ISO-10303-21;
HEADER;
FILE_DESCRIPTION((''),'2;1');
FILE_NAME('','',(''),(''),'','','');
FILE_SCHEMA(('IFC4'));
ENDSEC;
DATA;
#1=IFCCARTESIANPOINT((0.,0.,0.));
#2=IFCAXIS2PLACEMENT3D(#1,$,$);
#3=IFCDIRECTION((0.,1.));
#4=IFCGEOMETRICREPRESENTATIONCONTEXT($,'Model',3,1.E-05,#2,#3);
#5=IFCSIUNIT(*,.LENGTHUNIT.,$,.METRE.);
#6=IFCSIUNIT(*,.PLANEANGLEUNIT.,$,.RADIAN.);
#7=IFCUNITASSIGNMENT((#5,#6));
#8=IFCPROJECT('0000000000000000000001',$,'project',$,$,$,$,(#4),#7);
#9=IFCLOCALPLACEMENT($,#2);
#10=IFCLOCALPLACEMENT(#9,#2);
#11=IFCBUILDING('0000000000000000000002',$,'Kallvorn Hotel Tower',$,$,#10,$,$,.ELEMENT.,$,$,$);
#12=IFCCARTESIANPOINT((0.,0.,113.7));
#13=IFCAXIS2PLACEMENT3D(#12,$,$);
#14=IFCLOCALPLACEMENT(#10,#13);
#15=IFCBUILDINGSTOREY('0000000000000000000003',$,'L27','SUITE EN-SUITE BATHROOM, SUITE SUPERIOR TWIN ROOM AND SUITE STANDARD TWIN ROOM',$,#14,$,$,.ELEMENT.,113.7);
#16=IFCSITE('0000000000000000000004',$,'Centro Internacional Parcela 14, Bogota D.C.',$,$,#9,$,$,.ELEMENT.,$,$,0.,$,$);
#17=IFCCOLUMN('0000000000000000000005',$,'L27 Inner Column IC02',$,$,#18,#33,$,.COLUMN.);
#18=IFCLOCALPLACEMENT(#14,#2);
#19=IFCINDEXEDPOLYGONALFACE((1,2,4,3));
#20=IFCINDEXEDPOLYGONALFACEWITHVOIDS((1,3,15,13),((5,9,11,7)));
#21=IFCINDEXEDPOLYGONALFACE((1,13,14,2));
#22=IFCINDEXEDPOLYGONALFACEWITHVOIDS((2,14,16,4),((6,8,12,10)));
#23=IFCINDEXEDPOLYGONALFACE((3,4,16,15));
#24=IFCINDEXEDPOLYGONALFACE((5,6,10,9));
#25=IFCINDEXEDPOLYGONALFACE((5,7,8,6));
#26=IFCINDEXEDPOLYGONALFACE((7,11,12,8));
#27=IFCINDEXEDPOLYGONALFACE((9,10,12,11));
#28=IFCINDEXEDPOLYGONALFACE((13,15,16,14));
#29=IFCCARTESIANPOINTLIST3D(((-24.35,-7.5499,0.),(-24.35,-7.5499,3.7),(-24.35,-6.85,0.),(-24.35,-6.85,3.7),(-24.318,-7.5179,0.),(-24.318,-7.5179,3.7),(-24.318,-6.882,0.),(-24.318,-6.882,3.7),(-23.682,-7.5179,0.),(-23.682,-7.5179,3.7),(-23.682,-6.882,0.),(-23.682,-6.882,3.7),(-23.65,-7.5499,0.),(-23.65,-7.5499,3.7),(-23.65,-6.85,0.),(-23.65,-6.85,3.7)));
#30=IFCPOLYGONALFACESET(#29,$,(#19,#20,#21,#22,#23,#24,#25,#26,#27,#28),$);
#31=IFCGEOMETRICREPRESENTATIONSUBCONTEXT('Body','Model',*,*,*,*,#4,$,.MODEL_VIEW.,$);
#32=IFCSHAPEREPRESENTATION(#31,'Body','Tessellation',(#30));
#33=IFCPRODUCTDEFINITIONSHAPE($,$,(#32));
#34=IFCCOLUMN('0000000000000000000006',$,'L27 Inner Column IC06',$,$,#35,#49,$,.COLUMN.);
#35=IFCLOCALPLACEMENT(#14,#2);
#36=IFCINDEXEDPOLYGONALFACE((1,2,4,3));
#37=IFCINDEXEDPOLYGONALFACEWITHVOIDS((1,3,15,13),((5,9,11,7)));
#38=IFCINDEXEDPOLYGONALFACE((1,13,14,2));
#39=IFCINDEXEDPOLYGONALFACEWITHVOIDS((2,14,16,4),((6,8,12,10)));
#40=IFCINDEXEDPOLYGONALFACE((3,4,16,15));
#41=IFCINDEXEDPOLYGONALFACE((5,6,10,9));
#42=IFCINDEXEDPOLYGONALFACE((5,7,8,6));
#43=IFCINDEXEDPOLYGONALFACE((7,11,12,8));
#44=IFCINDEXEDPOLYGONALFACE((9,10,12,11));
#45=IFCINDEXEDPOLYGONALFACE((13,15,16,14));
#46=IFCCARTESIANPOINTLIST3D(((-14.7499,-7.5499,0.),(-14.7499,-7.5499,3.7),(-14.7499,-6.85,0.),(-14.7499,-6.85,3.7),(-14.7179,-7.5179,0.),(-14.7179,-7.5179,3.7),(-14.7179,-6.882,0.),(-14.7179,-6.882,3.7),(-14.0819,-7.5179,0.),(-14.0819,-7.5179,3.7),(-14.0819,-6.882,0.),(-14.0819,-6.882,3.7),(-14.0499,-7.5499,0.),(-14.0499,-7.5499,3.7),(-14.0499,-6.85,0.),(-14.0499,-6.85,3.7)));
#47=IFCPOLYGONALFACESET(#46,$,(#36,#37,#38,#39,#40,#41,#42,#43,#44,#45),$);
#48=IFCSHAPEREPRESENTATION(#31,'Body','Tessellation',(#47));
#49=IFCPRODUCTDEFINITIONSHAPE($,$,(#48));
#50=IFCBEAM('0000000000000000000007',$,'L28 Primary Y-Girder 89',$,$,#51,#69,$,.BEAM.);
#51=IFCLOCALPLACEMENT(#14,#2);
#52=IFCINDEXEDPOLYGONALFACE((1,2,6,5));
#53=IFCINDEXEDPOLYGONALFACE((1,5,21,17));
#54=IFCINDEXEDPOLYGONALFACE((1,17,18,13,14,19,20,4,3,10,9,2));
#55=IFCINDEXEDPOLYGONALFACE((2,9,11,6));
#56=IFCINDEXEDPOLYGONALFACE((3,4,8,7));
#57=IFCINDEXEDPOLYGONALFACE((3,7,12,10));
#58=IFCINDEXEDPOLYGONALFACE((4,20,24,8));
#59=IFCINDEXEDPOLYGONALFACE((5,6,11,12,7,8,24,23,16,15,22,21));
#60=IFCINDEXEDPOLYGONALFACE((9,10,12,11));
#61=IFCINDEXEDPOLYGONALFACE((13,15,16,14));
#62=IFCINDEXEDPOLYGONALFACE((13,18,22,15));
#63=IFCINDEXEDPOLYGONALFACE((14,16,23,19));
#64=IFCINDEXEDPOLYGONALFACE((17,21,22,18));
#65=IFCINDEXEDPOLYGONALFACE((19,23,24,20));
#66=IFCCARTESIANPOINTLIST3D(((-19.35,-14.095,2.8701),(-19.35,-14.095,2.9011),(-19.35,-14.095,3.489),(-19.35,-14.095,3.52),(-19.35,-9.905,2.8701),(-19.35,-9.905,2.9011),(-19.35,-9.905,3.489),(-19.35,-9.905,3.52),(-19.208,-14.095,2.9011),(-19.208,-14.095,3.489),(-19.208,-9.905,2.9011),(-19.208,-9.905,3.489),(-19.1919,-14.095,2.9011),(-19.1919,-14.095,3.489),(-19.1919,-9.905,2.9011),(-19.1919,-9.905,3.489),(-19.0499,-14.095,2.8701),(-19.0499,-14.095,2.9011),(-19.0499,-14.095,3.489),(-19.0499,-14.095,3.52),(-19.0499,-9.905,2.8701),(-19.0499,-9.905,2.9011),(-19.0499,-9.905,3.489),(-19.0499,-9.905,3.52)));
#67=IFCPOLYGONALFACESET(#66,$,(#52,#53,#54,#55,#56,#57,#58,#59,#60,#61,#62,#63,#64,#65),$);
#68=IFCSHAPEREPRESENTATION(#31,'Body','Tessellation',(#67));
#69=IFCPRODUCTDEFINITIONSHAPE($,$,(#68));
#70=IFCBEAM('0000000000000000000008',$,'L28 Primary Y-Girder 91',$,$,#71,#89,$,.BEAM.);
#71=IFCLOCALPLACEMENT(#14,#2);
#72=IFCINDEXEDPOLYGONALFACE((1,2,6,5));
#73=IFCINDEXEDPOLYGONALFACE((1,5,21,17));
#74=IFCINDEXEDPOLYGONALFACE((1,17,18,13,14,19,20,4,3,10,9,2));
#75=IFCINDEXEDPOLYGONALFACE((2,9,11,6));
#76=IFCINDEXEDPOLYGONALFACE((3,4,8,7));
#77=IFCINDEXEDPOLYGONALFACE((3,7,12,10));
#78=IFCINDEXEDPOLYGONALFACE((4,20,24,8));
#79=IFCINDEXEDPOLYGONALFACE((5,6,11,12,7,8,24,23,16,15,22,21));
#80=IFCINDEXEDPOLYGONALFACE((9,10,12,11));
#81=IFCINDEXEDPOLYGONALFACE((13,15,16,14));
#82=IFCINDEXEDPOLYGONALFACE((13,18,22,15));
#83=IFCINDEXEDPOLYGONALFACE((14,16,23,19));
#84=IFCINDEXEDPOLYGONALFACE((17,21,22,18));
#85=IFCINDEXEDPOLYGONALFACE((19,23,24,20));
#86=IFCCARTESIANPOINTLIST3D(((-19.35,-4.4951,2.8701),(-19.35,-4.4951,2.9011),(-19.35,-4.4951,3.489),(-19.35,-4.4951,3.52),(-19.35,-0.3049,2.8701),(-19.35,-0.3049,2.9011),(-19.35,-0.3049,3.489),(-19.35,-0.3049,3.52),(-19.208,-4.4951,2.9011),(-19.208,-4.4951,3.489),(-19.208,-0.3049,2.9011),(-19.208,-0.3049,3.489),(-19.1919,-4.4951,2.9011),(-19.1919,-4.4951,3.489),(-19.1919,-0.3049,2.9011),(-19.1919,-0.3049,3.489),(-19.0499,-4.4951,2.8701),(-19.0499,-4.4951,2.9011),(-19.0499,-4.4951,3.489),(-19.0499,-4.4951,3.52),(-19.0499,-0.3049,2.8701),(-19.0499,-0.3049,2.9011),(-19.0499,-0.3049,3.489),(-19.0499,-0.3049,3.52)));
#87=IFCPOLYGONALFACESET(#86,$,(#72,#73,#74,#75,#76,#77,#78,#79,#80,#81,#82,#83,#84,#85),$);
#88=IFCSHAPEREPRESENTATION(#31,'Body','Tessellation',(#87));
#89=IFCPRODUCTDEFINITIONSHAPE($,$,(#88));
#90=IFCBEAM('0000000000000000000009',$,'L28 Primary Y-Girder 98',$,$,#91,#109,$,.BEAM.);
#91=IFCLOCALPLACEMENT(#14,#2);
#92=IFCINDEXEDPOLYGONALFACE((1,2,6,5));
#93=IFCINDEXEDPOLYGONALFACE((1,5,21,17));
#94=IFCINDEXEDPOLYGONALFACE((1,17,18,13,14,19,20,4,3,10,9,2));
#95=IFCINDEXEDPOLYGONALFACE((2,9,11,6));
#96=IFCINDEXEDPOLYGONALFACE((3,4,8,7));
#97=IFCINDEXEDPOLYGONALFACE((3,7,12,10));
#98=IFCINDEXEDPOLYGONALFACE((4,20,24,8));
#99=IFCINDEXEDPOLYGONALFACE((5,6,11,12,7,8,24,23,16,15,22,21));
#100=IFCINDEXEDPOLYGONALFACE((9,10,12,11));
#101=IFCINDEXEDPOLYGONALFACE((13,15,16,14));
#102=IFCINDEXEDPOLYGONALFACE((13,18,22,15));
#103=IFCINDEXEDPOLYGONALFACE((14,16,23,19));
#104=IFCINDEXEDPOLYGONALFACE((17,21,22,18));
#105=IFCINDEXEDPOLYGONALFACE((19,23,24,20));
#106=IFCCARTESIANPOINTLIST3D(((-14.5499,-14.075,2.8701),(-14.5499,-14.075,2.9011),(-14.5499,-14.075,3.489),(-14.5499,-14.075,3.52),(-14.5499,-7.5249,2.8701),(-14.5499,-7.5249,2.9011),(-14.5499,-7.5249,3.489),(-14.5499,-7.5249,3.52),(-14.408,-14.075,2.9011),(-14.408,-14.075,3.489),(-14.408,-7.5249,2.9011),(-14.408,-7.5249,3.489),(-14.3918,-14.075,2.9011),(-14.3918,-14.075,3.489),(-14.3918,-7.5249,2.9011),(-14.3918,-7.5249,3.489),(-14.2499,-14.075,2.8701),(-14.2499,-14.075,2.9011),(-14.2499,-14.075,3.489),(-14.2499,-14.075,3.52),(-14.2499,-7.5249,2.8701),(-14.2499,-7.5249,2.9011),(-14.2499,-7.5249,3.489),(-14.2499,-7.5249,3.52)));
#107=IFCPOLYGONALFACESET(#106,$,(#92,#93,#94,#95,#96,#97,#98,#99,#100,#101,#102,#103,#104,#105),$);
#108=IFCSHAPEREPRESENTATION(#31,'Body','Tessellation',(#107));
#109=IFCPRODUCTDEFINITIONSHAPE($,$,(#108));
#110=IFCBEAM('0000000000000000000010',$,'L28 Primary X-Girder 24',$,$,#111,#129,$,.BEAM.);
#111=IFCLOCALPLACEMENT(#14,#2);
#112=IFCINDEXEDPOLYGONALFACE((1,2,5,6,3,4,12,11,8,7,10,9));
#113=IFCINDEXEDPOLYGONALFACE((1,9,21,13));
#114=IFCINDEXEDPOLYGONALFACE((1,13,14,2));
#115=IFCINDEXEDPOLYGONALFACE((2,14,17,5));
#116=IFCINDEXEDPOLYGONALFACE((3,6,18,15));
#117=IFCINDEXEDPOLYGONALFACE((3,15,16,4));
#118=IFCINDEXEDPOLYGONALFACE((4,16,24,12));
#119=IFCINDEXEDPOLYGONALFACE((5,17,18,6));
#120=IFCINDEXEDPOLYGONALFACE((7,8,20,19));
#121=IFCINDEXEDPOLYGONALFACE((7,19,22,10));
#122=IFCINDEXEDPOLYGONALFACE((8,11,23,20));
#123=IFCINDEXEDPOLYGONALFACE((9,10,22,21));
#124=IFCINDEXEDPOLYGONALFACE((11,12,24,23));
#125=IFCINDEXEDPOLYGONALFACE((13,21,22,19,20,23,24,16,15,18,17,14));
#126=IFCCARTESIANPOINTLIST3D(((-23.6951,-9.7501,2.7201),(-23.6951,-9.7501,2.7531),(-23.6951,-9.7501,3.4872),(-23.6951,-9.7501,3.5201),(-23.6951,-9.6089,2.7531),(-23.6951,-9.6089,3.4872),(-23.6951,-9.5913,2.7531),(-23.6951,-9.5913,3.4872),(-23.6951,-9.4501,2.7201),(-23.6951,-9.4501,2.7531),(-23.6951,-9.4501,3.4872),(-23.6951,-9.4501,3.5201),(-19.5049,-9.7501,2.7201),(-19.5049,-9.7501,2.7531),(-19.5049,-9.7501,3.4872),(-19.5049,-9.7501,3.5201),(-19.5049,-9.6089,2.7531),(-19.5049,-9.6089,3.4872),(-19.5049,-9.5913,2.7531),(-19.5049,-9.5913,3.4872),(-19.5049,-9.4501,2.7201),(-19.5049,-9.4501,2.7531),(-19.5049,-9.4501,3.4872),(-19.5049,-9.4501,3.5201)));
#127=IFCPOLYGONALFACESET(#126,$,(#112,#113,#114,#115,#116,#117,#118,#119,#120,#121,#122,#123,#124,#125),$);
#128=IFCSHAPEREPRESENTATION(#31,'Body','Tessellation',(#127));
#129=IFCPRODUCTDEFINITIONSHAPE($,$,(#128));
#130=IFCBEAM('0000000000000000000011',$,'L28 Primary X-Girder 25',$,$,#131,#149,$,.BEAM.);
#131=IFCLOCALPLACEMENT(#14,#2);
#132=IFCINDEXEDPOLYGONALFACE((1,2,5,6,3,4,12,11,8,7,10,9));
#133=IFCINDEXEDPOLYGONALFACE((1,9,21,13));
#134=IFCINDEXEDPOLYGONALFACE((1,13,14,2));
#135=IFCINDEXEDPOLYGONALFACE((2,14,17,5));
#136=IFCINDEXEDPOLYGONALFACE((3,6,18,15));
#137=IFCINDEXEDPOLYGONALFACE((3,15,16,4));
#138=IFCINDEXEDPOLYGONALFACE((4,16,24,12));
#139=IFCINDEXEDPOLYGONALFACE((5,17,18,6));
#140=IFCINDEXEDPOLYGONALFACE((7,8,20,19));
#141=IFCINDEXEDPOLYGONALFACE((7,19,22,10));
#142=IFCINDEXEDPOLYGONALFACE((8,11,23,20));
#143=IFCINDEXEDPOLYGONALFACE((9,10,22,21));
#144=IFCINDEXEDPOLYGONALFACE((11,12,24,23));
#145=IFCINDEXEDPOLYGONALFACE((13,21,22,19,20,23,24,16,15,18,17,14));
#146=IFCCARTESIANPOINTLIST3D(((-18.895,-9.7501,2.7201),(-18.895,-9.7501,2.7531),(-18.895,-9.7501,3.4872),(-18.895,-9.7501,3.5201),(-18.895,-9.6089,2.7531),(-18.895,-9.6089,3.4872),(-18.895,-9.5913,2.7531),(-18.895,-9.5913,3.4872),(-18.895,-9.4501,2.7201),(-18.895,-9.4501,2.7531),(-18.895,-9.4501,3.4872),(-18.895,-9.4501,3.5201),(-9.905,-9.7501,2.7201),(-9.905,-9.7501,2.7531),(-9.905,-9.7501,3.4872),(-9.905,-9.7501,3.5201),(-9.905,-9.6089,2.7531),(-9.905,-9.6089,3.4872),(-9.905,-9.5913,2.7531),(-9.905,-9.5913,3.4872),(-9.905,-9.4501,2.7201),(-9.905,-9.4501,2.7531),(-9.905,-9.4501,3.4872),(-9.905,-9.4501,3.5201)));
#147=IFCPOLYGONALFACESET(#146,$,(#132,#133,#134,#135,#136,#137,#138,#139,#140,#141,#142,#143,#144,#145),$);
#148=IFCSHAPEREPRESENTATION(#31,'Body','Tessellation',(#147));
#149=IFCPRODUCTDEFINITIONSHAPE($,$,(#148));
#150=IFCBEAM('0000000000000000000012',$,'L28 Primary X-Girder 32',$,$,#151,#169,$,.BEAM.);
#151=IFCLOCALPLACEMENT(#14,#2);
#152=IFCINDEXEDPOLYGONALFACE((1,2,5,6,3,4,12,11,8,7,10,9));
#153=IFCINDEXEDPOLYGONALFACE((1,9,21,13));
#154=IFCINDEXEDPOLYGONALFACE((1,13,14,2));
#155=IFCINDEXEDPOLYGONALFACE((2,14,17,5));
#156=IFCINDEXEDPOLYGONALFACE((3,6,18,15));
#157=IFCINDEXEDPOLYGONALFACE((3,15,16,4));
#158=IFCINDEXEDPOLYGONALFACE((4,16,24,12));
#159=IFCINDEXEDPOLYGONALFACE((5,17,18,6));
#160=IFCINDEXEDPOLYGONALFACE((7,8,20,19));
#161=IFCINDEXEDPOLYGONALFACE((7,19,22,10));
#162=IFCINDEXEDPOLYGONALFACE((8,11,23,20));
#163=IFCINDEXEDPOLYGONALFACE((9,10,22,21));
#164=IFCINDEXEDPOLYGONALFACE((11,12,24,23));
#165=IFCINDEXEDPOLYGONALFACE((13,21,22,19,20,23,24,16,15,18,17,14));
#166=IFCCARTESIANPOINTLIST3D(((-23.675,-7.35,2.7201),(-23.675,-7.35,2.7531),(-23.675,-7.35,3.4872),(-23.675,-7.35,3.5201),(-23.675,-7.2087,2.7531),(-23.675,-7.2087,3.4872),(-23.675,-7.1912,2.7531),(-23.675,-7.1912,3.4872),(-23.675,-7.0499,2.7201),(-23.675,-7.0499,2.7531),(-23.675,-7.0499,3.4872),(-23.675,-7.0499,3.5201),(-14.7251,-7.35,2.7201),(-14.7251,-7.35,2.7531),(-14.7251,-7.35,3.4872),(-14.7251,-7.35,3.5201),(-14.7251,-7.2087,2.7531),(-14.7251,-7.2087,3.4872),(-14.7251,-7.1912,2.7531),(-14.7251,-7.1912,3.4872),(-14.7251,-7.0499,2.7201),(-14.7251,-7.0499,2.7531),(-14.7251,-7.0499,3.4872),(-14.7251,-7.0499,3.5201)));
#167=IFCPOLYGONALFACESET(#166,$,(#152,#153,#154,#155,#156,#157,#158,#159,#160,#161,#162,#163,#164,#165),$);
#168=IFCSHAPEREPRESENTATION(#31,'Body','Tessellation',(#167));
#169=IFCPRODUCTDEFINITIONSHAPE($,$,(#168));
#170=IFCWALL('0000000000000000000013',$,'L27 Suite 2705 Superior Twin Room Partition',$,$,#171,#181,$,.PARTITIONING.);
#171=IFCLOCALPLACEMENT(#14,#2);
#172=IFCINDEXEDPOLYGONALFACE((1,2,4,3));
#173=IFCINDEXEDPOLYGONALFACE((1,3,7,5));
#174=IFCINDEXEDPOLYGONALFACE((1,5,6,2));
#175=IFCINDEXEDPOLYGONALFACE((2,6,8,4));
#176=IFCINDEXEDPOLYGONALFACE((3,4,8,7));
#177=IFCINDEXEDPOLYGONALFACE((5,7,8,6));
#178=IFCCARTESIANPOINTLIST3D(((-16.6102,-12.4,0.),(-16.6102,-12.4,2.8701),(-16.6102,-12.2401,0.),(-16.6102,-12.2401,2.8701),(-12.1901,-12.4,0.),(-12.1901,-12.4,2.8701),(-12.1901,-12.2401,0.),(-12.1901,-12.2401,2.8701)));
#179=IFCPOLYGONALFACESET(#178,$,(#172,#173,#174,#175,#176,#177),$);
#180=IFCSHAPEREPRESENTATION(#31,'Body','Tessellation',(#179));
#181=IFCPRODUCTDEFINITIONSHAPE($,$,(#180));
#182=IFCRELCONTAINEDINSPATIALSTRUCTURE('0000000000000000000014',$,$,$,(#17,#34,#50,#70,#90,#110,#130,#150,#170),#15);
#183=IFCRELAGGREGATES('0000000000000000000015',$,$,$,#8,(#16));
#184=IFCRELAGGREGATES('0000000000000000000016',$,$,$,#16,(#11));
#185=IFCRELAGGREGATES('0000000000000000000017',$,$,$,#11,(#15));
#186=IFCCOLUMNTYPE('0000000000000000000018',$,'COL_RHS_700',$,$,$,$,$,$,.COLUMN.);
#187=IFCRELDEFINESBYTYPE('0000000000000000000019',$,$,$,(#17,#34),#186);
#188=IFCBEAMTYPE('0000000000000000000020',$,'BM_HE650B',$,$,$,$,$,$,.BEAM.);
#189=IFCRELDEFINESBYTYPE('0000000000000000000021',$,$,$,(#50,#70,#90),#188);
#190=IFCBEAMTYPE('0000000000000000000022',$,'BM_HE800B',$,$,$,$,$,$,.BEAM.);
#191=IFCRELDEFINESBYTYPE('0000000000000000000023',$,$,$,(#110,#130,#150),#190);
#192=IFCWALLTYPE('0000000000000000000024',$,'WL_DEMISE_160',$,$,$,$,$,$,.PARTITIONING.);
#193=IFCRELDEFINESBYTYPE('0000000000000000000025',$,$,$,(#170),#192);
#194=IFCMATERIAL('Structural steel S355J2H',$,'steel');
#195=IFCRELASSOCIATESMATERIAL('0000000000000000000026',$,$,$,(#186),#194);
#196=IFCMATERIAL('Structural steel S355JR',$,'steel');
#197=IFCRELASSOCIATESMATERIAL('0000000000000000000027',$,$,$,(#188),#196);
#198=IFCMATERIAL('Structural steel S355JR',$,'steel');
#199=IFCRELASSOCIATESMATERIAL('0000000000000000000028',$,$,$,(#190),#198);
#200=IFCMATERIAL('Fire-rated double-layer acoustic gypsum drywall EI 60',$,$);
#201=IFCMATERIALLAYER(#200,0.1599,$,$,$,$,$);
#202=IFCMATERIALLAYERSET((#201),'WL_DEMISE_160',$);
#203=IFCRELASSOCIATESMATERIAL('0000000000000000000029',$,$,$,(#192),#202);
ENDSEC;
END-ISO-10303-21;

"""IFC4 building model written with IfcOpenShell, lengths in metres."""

from ifc_helpers import new_model, si_unit, direction, frame, frame_2d, origin, origin_2d, place, context, subcontext, project, spatial, rectangle, hollow_rectangle, i_section, extrude, material, layer, layer_set, material_profile, profile_set, type_object, element, save


model = new_model("IFC4")

# Units and contexts
model_context = context("Model", 3, precision=1e-05, world=origin(), true_north=direction((0.0, 1.0)))
body_context = subcontext(model_context, "Body", "Model", "MODEL_VIEW")
ifc_project = project(units=[si_unit("LENGTHUNIT", "METRE"), si_unit("PLANEANGLEUNIT", "RADIAN")], contexts=[model_context])

# Site, building, storey
site_placement = place(None, origin())
site = spatial("IfcSite", under=ifc_project, at=site_placement, Name="Centro Internacional Parcela 14, Bogota D.C.", CompositionType="ELEMENT", RefElevation=0.0)
building_placement = place(site_placement, origin())
building = spatial("IfcBuilding", under=site, at=building_placement, Name="Kallvorn Hotel Tower", CompositionType="ELEMENT")
storey_placement = place(building_placement, frame((0.0, 0.0, 113.7)))
storey = spatial("IfcBuildingStorey", under=building, at=storey_placement, Name="L27", Description="SUITE EN-SUITE BATHROOM, SUITE SUPERIOR TWIN ROOM AND SUITE STANDARD TWIN ROOM", CompositionType="ELEMENT", Elevation=113.7)

# Columns
ifc_material_1 = material(Name="Structural steel S355J2H", Category="steel")
ifc_material_profile_1 = material_profile(ifc_material_1, hollow_rectangle(XDim=0.7, YDim=0.7, WallThickness=0.032, at=origin_2d()), Name="RHS 700x700x32")
ifc_profile_set_1 = profile_set([ifc_material_profile_1], Name="Structural steel S355J2H")
column_type_1 = type_object("IfcColumnType", Name="COL_RHS_700", PredefinedType="COLUMN", material=ifc_profile_set_1)
for number, where, z_axis, x_axis, name in (
    (1, (-24.0, -7.2, 0.0), (0.0, 0.0, 1.0), (1.0, 0.0, 0.0), "L27 Inner Column IC02"),
    (2, (-14.3999, -7.2, 0.0), (0.0, 0.0, 1.0), (1.0, 0.0, 0.0), "L27 Inner Column IC06"),
):
    element("IfcColumn", number, at=place(storey_placement, frame(where, z_axis=z_axis, x_axis=x_axis)), inside=storey, type_object=column_type_1, Name=name, PredefinedType="COLUMN", context=body_context, shape_type="SweptSolid", body=[
        extrude(hollow_rectangle(XDim=0.7, YDim=0.7, WallThickness=0.032, at=origin_2d()), origin(), (0.0, 0.0, 1.0), 3.7),
    ])

# Beams
ifc_material_2 = material(Name="Structural steel S355JR", Category="steel")
ifc_material_profile_2 = material_profile(ifc_material_2, i_section(OverallWidth=0.3, OverallDepth=0.6499, WebThickness=0.0161, FlangeThickness=0.031, at=origin_2d()), Name="HE 650 B")
ifc_profile_set_2 = profile_set([ifc_material_profile_2], Name="Structural steel S355JR")
beam_type_1 = type_object("IfcBeamType", Name="BM_HE650B", PredefinedType="BEAM", material=ifc_profile_set_2)
beam_1_placement = place(storey_placement, frame((-19.2, -14.095, 3.1951), z_axis=(0.0, 1.0, 0.0), x_axis=(-1.0, 0.0, 0.0)))
element("IfcBeam", 3, at=beam_1_placement, inside=storey, type_object=beam_type_1, Name="L28 Primary Y-Girder 89", PredefinedType="BEAM", context=body_context, shape_type="SweptSolid", body=[
    extrude(i_section(OverallWidth=0.3, OverallDepth=0.6499, WebThickness=0.0161, FlangeThickness=0.031, at=origin_2d()), origin(), (0.0, 0.0, 1.0), 4.1899),
])
beam_2_placement = place(storey_placement, frame((-19.2, -4.4951, 3.1951), z_axis=(0.0, 1.0, 0.0), x_axis=(-1.0, 0.0, 0.0)))
element("IfcBeam", 4, at=beam_2_placement, inside=storey, type_object=beam_type_1, Name="L28 Primary Y-Girder 91", PredefinedType="BEAM", context=body_context, shape_type="SweptSolid", body=[
    extrude(i_section(OverallWidth=0.3, OverallDepth=0.6499, WebThickness=0.0161, FlangeThickness=0.031, at=origin_2d()), origin(), (0.0, 0.0, 1.0), 4.1902),
])
beam_3_placement = place(storey_placement, frame((-14.3999, -14.075, 3.1951), z_axis=(0.0, 1.0, 0.0), x_axis=(-1.0, 0.0, 0.0)))
element("IfcBeam", 5, at=beam_3_placement, inside=storey, type_object=beam_type_1, Name="L28 Primary Y-Girder 98", PredefinedType="BEAM", context=body_context, shape_type="SweptSolid", body=[
    extrude(i_section(OverallWidth=0.3, OverallDepth=0.6499, WebThickness=0.0161, FlangeThickness=0.031, at=origin_2d()), origin(), (0.0, 0.0, 1.0), 6.55),
])
ifc_material_3 = material(Name="Structural steel S355JR", Category="steel")
ifc_material_profile_3 = material_profile(ifc_material_3, i_section(OverallWidth=0.3, OverallDepth=0.8, WebThickness=0.0176, FlangeThickness=0.033, at=origin_2d()), Name="HE 800 B")
ifc_profile_set_3 = profile_set([ifc_material_profile_3], Name="Structural steel S355JR")
beam_type_2 = type_object("IfcBeamType", Name="BM_HE800B", PredefinedType="BEAM", material=ifc_profile_set_3)
beam_4_placement = place(storey_placement, frame((-23.6951, -9.6001, 3.1201), z_axis=(1.0, 0.0, 0.0), x_axis=(0.0, 1.0, 0.0)))
element("IfcBeam", 6, at=beam_4_placement, inside=storey, type_object=beam_type_2, Name="L28 Primary X-Girder 24", PredefinedType="BEAM", context=body_context, shape_type="SweptSolid", body=[
    extrude(i_section(OverallWidth=0.3, OverallDepth=0.8, WebThickness=0.0176, FlangeThickness=0.033, at=origin_2d()), origin(), (0.0, 0.0, 1.0), 4.1902),
])
beam_5_placement = place(storey_placement, frame((-18.895, -9.6001, 3.1201), z_axis=(1.0, 0.0, 0.0), x_axis=(0.0, 1.0, 0.0)))
element("IfcBeam", 7, at=beam_5_placement, inside=storey, type_object=beam_type_2, Name="L28 Primary X-Girder 25", PredefinedType="BEAM", context=body_context, shape_type="SweptSolid", body=[
    extrude(i_section(OverallWidth=0.3, OverallDepth=0.8, WebThickness=0.0176, FlangeThickness=0.033, at=origin_2d()), origin(), (0.0, 0.0, 1.0), 8.99),
])
beam_6_placement = place(storey_placement, frame((-23.675, -7.2, 3.1201), z_axis=(1.0, 0.0, 0.0), x_axis=(0.0, 1.0, 0.0)))
element("IfcBeam", 8, at=beam_6_placement, inside=storey, type_object=beam_type_2, Name="L28 Primary X-Girder 32", PredefinedType="BEAM", context=body_context, shape_type="SweptSolid", body=[
    extrude(i_section(OverallWidth=0.3, OverallDepth=0.8, WebThickness=0.0176, FlangeThickness=0.033, at=origin_2d()), origin(), (0.0, 0.0, 1.0), 8.95),
])

# Wall
ifc_material_4 = material(Name="Fire-rated double-layer acoustic gypsum drywall EI 60")
ifc_layer = layer(ifc_material_4, 0.1599)
ifc_layer_set = layer_set([ifc_layer], Name="WL_DEMISE_160")
wall_type = type_object("IfcWallType", Name="WL_DEMISE_160", PredefinedType="PARTITIONING", material=ifc_layer_set)
wall_1_placement = place(storey_placement, frame((-16.6101, -12.3201, 0.0), z_axis=(0.0, 0.0, 1.0), x_axis=(1.0, 0.0, 0.0)))
element("IfcWall", 9, at=wall_1_placement, inside=storey, type_object=wall_type, Name="L27 Suite 2705 Superior Twin Room Partition", PredefinedType="PARTITIONING", context=body_context, shape_type="SweptSolid", body=[
    extrude(rectangle(XDim=4.4202, YDim=0.1599, at=frame_2d((2.21, 0.0))), origin(), (0.0, 0.0, 1.0), 2.8701),
])

save(model, "model.ifc")
